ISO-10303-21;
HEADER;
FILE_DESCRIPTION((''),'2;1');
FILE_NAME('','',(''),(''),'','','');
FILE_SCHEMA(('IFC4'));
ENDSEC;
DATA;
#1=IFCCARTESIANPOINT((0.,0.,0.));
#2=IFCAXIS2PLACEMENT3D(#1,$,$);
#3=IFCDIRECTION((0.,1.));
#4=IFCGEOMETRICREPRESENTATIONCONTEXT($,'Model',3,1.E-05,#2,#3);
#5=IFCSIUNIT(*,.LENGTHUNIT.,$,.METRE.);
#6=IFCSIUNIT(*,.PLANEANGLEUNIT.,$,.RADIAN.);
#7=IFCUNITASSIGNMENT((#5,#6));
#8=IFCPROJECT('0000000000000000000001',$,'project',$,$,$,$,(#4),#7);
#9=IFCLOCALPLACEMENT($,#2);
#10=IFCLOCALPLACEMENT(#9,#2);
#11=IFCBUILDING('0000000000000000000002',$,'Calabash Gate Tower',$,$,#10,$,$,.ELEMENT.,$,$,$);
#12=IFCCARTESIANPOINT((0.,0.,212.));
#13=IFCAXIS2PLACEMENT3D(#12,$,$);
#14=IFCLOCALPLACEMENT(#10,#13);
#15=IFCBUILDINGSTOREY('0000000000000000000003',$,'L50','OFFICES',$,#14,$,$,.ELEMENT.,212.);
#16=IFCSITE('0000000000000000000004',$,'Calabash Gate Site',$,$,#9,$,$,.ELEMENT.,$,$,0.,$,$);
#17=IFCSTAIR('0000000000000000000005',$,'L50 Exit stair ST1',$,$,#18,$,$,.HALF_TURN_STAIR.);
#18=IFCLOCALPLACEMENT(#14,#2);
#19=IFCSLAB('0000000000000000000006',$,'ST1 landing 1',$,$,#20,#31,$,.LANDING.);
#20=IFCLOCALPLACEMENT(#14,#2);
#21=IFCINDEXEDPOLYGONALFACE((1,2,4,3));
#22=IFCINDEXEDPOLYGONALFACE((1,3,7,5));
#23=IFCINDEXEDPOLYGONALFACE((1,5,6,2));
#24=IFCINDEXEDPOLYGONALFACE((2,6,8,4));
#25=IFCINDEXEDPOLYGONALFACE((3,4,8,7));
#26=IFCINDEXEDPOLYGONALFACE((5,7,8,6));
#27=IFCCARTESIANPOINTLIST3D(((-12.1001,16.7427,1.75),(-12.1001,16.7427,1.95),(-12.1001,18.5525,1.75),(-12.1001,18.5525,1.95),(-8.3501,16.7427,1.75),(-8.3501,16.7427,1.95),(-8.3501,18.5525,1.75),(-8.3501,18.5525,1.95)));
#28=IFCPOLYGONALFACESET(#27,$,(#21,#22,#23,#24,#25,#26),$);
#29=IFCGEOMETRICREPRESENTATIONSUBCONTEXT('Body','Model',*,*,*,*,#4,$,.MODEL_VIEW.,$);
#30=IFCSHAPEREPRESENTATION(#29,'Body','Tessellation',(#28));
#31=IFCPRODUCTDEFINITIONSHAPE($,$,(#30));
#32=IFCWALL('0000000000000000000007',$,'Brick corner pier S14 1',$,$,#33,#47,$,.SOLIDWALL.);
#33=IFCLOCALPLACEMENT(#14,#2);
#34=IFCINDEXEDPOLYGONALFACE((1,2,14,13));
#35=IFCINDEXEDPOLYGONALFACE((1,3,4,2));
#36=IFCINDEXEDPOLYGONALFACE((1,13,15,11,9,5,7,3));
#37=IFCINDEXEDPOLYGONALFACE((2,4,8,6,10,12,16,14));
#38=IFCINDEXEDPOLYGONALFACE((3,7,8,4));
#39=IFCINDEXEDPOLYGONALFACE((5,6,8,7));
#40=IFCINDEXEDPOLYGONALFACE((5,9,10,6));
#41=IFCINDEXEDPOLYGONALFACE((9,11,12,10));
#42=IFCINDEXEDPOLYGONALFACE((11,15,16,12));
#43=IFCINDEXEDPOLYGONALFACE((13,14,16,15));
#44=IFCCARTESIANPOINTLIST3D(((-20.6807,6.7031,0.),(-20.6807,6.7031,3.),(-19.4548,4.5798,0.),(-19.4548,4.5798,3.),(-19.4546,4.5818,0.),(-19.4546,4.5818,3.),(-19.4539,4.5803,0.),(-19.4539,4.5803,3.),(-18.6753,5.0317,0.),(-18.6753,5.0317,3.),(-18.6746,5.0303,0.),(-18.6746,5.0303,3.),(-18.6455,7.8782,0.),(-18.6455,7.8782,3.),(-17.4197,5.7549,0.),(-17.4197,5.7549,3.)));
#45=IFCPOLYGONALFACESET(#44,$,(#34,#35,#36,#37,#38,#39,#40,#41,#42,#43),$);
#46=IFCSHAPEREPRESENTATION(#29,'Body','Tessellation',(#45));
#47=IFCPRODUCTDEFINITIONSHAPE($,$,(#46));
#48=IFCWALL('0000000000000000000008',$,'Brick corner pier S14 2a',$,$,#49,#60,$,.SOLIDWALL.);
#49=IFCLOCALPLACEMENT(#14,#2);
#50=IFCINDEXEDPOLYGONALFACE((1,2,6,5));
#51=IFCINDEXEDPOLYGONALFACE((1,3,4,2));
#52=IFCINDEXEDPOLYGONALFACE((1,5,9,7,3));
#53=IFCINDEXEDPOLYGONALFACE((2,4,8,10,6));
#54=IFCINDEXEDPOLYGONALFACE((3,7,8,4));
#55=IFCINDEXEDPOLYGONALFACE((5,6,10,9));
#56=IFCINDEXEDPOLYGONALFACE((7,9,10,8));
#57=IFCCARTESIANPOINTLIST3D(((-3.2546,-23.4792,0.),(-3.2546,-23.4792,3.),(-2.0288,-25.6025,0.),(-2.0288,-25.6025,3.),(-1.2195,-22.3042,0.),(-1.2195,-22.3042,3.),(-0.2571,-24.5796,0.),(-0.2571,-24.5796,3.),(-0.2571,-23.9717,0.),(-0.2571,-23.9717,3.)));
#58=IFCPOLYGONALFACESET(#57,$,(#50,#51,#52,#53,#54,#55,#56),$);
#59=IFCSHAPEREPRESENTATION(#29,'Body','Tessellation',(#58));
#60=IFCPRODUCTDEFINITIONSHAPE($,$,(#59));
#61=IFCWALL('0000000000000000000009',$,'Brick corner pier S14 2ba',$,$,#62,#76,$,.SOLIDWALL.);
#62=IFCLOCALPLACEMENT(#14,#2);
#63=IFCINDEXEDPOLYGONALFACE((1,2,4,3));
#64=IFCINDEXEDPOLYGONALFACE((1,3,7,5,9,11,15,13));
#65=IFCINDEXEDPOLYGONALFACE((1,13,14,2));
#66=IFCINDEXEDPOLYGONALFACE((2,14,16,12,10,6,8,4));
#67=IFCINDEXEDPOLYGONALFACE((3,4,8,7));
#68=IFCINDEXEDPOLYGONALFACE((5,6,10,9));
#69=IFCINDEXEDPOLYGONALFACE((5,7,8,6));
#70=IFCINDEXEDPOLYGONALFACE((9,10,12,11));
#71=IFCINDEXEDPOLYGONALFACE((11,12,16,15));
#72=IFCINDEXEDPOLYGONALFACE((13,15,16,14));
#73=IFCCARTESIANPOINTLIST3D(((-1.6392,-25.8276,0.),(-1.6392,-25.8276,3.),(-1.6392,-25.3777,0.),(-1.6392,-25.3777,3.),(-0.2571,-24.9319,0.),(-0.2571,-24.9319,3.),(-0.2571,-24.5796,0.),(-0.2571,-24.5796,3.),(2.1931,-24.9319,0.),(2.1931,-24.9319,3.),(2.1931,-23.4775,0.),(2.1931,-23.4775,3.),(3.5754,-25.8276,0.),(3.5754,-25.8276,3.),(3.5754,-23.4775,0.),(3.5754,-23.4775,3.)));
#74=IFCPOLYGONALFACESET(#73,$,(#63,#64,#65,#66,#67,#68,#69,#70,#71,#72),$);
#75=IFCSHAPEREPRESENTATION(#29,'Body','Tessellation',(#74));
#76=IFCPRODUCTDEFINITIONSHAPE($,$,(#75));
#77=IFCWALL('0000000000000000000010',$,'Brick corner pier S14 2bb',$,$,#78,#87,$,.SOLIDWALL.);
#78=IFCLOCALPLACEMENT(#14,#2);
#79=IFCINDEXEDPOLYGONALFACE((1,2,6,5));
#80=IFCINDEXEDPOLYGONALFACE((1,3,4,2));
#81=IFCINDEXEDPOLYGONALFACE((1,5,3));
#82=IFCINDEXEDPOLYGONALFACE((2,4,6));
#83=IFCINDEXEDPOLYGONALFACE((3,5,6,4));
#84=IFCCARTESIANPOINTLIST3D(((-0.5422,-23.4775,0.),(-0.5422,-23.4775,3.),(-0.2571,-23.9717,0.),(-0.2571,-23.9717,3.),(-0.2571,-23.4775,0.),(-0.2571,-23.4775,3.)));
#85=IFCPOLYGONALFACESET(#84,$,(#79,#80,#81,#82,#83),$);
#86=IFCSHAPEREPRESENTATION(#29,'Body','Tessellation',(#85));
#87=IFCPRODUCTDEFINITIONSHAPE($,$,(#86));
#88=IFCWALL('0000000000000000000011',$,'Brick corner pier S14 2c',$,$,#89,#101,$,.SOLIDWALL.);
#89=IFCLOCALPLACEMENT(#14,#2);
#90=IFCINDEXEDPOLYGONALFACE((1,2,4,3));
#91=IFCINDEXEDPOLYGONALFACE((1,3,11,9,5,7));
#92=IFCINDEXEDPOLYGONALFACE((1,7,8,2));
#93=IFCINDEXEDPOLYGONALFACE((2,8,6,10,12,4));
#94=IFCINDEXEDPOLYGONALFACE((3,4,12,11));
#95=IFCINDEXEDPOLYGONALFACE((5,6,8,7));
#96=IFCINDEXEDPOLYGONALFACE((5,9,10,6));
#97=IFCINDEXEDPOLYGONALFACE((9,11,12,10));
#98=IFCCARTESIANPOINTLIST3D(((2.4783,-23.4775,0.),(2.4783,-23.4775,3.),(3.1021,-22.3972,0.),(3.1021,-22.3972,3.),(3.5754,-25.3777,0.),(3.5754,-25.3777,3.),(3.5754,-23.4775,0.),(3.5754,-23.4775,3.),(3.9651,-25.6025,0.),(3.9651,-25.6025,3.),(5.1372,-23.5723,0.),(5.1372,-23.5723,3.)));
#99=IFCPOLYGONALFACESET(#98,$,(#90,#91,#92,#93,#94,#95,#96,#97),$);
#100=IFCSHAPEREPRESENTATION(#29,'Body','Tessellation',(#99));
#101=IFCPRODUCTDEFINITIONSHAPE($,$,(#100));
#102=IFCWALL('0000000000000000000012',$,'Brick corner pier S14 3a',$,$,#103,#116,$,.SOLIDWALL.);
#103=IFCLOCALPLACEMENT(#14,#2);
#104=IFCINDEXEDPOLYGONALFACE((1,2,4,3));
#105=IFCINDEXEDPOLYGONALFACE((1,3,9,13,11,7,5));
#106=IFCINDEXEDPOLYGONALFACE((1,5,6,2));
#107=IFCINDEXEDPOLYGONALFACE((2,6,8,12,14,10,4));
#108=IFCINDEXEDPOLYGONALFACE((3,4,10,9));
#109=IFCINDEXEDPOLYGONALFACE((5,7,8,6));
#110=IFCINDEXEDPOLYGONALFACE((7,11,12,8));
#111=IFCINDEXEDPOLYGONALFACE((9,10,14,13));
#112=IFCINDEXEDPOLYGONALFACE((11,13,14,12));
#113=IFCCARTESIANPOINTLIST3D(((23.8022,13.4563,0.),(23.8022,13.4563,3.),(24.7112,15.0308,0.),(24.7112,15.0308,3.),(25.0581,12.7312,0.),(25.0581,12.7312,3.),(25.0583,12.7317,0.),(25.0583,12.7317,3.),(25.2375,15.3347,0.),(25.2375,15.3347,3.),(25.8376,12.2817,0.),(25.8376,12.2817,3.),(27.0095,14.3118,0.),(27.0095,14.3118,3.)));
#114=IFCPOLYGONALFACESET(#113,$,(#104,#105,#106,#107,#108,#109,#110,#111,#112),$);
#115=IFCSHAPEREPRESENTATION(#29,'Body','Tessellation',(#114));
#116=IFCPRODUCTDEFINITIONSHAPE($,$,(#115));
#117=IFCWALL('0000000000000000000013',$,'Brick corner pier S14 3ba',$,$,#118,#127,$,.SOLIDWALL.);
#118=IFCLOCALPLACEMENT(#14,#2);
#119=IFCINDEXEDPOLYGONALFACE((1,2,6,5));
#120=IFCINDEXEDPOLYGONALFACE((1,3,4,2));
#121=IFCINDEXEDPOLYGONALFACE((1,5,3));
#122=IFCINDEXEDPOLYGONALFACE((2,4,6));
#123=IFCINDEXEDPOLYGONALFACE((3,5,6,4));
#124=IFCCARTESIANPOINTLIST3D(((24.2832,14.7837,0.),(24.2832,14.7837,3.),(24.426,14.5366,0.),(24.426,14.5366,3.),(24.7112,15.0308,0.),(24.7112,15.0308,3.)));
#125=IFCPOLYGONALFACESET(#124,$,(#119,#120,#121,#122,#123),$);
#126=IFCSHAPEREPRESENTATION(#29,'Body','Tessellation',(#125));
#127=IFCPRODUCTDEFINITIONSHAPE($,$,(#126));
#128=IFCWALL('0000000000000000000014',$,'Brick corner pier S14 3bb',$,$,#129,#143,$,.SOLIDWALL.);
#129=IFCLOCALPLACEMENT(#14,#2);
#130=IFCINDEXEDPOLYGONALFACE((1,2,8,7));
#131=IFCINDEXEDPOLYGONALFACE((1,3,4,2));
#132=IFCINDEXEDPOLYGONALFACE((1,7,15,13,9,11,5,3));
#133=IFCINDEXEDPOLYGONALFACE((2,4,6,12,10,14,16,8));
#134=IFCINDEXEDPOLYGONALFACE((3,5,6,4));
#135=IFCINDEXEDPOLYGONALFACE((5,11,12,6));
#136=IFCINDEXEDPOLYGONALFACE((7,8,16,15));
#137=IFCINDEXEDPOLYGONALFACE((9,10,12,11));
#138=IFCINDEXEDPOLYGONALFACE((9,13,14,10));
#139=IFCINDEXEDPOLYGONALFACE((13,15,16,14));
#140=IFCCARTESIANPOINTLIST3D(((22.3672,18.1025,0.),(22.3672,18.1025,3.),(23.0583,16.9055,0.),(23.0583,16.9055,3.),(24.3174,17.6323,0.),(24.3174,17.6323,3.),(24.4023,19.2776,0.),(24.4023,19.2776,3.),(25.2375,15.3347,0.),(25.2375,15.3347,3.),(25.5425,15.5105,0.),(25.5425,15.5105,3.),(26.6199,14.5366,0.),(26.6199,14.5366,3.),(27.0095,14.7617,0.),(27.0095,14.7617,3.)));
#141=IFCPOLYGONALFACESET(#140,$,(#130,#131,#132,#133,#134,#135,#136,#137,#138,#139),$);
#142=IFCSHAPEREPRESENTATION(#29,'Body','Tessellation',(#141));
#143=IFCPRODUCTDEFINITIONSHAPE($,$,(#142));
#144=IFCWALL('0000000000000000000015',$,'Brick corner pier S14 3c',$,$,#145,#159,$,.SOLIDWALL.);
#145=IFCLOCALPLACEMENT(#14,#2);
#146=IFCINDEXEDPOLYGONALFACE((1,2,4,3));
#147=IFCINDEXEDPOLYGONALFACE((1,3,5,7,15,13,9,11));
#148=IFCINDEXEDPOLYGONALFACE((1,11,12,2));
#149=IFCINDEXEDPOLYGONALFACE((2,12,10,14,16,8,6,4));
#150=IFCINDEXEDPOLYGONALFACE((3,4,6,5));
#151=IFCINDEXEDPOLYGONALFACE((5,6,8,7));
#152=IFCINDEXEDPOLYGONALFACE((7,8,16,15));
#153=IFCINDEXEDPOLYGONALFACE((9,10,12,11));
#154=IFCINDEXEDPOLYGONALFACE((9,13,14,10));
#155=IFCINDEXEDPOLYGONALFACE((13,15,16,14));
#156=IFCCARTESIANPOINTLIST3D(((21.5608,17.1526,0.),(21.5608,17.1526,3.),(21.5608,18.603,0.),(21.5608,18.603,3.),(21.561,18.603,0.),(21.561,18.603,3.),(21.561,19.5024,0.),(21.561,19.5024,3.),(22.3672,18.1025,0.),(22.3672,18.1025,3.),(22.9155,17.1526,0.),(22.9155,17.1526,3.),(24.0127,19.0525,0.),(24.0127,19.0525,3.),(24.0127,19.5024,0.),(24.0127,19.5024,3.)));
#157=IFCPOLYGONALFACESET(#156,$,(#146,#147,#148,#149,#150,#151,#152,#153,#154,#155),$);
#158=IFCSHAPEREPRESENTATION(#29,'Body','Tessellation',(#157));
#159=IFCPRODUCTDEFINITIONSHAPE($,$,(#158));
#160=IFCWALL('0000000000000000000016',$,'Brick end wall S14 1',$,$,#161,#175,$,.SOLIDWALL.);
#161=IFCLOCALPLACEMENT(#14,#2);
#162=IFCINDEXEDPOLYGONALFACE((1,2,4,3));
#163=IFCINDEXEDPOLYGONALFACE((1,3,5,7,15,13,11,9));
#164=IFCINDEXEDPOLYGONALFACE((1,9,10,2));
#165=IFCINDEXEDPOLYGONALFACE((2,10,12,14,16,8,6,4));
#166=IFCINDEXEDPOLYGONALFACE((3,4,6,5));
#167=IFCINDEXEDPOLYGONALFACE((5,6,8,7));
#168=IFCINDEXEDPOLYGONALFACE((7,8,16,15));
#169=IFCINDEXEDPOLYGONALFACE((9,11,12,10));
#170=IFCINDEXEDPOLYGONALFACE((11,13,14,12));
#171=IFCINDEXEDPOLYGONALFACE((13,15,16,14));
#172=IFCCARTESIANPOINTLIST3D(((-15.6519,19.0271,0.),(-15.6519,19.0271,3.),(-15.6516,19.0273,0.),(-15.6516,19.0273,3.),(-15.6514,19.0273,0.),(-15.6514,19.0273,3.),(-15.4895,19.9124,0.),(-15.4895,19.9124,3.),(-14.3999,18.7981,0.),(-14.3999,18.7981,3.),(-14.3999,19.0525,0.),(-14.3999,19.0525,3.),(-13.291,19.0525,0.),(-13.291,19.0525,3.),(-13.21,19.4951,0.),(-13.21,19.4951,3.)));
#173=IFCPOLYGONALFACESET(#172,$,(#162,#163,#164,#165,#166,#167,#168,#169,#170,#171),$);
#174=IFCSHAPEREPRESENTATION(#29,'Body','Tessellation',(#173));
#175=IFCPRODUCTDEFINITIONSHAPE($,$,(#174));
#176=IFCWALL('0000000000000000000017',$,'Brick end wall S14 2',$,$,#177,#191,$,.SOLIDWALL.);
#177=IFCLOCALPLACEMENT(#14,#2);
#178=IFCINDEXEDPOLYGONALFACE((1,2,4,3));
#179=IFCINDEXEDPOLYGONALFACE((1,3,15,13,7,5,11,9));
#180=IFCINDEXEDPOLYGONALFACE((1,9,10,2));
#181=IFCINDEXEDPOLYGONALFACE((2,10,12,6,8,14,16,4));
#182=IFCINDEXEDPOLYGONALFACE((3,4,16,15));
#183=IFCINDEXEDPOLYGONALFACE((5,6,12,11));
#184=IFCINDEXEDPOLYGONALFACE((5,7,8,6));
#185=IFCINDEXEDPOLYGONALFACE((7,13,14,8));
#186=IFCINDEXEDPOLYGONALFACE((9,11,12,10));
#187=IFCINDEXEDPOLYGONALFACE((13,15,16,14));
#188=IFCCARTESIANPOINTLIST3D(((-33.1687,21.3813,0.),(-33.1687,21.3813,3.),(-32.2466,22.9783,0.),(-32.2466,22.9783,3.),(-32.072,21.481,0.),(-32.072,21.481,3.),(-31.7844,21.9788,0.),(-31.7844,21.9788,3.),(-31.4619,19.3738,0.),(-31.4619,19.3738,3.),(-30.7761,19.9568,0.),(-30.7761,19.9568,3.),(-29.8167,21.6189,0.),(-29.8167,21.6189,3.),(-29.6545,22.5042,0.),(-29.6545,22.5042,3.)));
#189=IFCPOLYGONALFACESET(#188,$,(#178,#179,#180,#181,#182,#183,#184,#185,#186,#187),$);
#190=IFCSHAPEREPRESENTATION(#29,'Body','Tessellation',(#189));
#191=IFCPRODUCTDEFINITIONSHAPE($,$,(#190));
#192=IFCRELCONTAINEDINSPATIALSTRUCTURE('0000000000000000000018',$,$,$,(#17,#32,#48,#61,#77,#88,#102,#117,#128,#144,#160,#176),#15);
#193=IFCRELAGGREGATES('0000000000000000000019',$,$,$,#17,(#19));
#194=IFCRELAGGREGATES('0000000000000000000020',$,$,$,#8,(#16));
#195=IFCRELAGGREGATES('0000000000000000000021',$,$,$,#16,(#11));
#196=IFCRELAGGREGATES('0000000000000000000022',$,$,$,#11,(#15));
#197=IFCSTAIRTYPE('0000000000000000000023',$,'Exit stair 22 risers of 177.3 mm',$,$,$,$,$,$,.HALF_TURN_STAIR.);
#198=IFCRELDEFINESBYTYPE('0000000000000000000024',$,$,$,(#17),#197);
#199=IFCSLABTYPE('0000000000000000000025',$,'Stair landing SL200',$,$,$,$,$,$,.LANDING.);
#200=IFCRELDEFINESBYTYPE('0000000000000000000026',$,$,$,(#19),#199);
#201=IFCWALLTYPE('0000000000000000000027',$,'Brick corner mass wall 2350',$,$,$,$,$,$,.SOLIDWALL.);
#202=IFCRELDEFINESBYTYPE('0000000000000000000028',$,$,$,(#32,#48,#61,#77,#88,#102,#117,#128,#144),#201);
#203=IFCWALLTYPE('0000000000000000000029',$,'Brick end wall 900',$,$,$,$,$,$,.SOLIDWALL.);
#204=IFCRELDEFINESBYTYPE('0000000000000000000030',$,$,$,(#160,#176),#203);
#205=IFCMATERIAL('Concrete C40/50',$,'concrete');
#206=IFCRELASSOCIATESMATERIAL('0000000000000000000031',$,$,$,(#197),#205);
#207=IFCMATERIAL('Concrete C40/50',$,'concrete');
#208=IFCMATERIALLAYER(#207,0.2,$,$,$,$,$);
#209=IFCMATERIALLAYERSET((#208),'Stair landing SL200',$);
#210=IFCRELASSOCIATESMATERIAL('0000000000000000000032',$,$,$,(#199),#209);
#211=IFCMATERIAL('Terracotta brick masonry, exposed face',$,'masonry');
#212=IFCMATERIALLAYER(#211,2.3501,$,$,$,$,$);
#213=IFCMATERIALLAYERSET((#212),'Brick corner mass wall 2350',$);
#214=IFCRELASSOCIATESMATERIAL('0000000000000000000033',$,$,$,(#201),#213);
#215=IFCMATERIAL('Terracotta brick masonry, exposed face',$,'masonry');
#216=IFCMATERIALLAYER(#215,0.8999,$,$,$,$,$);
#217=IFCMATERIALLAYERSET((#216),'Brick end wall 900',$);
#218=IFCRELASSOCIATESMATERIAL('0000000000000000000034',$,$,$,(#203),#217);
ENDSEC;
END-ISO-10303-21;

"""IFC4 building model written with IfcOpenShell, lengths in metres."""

from ifc_helpers import new_model, si_unit, direction, frame, origin, place, context, subcontext, project, spatial, polyline, outline, extrude, material, layer, layer_set, type_object, element, aggregate, save


model = new_model("IFC4")

# Units and contexts
model_context = context("Model", 3, precision=1e-05, world=origin(), true_north=direction((0.0, 1.0)))
body_context = subcontext(model_context, "Body", "Model", "MODEL_VIEW")
ifc_project = project(units=[si_unit("LENGTHUNIT", "METRE"), si_unit("PLANEANGLEUNIT", "RADIAN")], contexts=[model_context])

# Site, building, storey
site_placement = place(None, origin())
site = spatial("IfcSite", under=ifc_project, at=site_placement, Name="Calabash Gate Site", CompositionType="ELEMENT", RefElevation=0.0)
building_placement = place(site_placement, origin())
building = spatial("IfcBuilding", under=site, at=building_placement, Name="Calabash Gate Tower", CompositionType="ELEMENT")
storey_placement = place(building_placement, frame((0.0, 0.0, 212.0)))
storey = spatial("IfcBuildingStorey", under=building, at=storey_placement, Name="L50", Description="OFFICES", CompositionType="ELEMENT", Elevation=212.0)

# Stair, slab
ifc_material_1 = material(Name="Concrete C40/50", Category="concrete")
stair_type = type_object("IfcStairType", Name="Exit stair 22 risers of 177.3 mm", PredefinedType="HALF_TURN_STAIR", material=ifc_material_1)
stair_placement = place(storey_placement, origin())
stair = element("IfcStair", 1, at=stair_placement, inside=storey, type_object=stair_type, Name="L50 Exit stair ST1", PredefinedType="HALF_TURN_STAIR")
ifc_material_2 = material(Name="Concrete C40/50", Category="concrete")
ifc_layer_1 = layer(ifc_material_2, 0.2)
ifc_layer_set_1 = layer_set([ifc_layer_1], Name="Stair landing SL200")
slab_type = type_object("IfcSlabType", Name="Stair landing SL200", PredefinedType="LANDING", material=ifc_layer_set_1)
slab_placement = place(storey_placement, frame((0.0, 0.0, 1.75)))
slab = element("IfcSlab", 2, at=slab_placement, type_object=slab_type, Name="ST1 landing 1", PredefinedType="LANDING", context=body_context, shape_type="SweptSolid", body=[
    extrude(outline(polyline([(-8.3501, 16.7427), (-8.3501, 18.5525), (-12.1001, 18.5525), (-12.1001, 16.7427), (-8.3501, 16.7427)])), origin(), (0.0, 0.0, 1.0), 0.2),
])
aggregate(stair, [slab])

# Walls
ifc_material_3 = material(Name="Terracotta brick masonry, exposed face", Category="masonry")
ifc_layer_2 = layer(ifc_material_3, 2.3501)
ifc_layer_set_2 = layer_set([ifc_layer_2], Name="Brick corner mass wall 2350")
wall_type_1 = type_object("IfcWallType", Name="Brick corner mass wall 2350", PredefinedType="SOLIDWALL", material=ifc_layer_set_2)
wall_1_placement = place(storey_placement, origin())
element("IfcWall", 3, at=wall_1_placement, inside=storey, type_object=wall_type_1, Name="Brick corner pier S14 1", PredefinedType="SOLIDWALL", context=body_context, shape_type="SweptSolid", body=[
    extrude(outline(polyline([(-19.4546, 4.5818), (-18.6753, 5.0317), (-18.6746, 5.0303), (-17.4197, 5.7549), (-18.6455, 7.8782), (-20.6807, 6.7031), (-19.4548, 4.5798), (-19.4539, 4.5803), (-19.4546, 4.5818)])), origin(), (0.0, 0.0, 1.0), 3.0),
])
wall_2_placement = place(storey_placement, origin())
element("IfcWall", 4, at=wall_2_placement, inside=storey, type_object=wall_type_1, Name="Brick corner pier S14 2a", PredefinedType="SOLIDWALL", context=body_context, shape_type="SweptSolid", body=[
    extrude(outline(polyline([(-0.2571, -23.9717), (-1.2195, -22.3042), (-3.2546, -23.4792), (-2.0288, -25.6025), (-0.2571, -24.5796), (-0.2571, -23.9717)])), origin(), (0.0, 0.0, 1.0), 3.0),
])
wall_3_placement = place(storey_placement, origin())
element("IfcWall", 5, at=wall_3_placement, inside=storey, type_object=wall_type_1, Name="Brick corner pier S14 2ba", PredefinedType="SOLIDWALL", context=body_context, shape_type="SweptSolid", body=[
    extrude(outline(polyline([(2.1931, -23.4775), (2.1931, -24.9319), (-0.2571, -24.9319), (-0.2571, -24.5796), (-1.6392, -25.3777), (-1.6392, -25.8276), (3.5754, -25.8276), (3.5754, -23.4775), (2.1931, -23.4775)])), origin(), (0.0, 0.0, 1.0), 3.0),
])
wall_4_placement = place(storey_placement, origin())
element("IfcWall", 6, at=wall_4_placement, inside=storey, type_object=wall_type_1, Name="Brick corner pier S14 2bb", PredefinedType="SOLIDWALL", context=body_context, shape_type="SweptSolid", body=[
    extrude(outline(polyline([(-0.5422, -23.4775), (-0.2571, -23.9717), (-0.2571, -23.4775), (-0.5422, -23.4775)])), origin(), (0.0, 0.0, 1.0), 3.0),
])
wall_5_placement = place(storey_placement, origin())
element("IfcWall", 7, at=wall_5_placement, inside=storey, type_object=wall_type_1, Name="Brick corner pier S14 2c", PredefinedType="SOLIDWALL", context=body_context, shape_type="SweptSolid", body=[
    extrude(outline(polyline([(5.1372, -23.5723), (3.1021, -22.3972), (2.4783, -23.4775), (3.5754, -23.4775), (3.5754, -25.3777), (3.9651, -25.6025), (5.1372, -23.5723)])), origin(), (0.0, 0.0, 1.0), 3.0),
])
wall_6_placement = place(storey_placement, origin())
element("IfcWall", 8, at=wall_6_placement, inside=storey, type_object=wall_type_1, Name="Brick corner pier S14 3a", PredefinedType="SOLIDWALL", context=body_context, shape_type="SweptSolid", body=[
    extrude(outline(polyline([(23.8022, 13.4563), (25.0581, 12.7312), (25.0583, 12.7317), (25.8376, 12.2817), (27.0095, 14.3118), (25.2375, 15.3347), (24.7112, 15.0308), (23.8022, 13.4563)])), origin(), (0.0, 0.0, 1.0), 3.0),
])
wall_7_placement = place(storey_placement, origin())
element("IfcWall", 9, at=wall_7_placement, inside=storey, type_object=wall_type_1, Name="Brick corner pier S14 3ba", PredefinedType="SOLIDWALL", context=body_context, shape_type="SweptSolid", body=[
    extrude(outline(polyline([(24.426, 14.5366), (24.7112, 15.0308), (24.2832, 14.7837), (24.426, 14.5366)])), origin(), (0.0, 0.0, 1.0), 3.0),
])
wall_8_placement = place(storey_placement, origin())
element("IfcWall", 10, at=wall_8_placement, inside=storey, type_object=wall_type_1, Name="Brick corner pier S14 3bb", PredefinedType="SOLIDWALL", context=body_context, shape_type="SweptSolid", body=[
    extrude(outline(polyline([(24.3174, 17.6323), (25.5425, 15.5105), (25.2375, 15.3347), (26.6199, 14.5366), (27.0095, 14.7617), (24.4023, 19.2776), (22.3672, 18.1025), (23.0583, 16.9055), (24.3174, 17.6323)])), origin(), (0.0, 0.0, 1.0), 3.0),
])
wall_9_placement = place(storey_placement, origin())
element("IfcWall", 11, at=wall_9_placement, inside=storey, type_object=wall_type_1, Name="Brick corner pier S14 3c", PredefinedType="SOLIDWALL", context=body_context, shape_type="SweptSolid", body=[
    extrude(outline(polyline([(21.5608, 18.603), (21.5608, 17.1526), (22.9155, 17.1526), (22.3672, 18.1025), (24.0127, 19.0525), (24.0127, 19.5024), (21.561, 19.5024), (21.561, 18.603), (21.5608, 18.603)])), origin(), (0.0, 0.0, 1.0), 3.0),
])
ifc_material_4 = material(Name="Terracotta brick masonry, exposed face", Category="masonry")
ifc_layer_3 = layer(ifc_material_4, 0.8999)
ifc_layer_set_3 = layer_set([ifc_layer_3], Name="Brick end wall 900")
wall_type_2 = type_object("IfcWallType", Name="Brick end wall 900", PredefinedType="SOLIDWALL", material=ifc_layer_set_3)
wall_10_placement = place(storey_placement, origin())
element("IfcWall", 12, at=wall_10_placement, inside=storey, type_object=wall_type_2, Name="Brick end wall S14 1", PredefinedType="SOLIDWALL", context=body_context, shape_type="SweptSolid", body=[
    extrude(outline(polyline([(-15.6516, 19.0273), (-15.6519, 19.0271), (-14.3999, 18.7981), (-14.3999, 19.0525), (-13.291, 19.0525), (-13.21, 19.4951), (-15.4895, 19.9124), (-15.6514, 19.0273), (-15.6516, 19.0273)])), origin(), (0.0, 0.0, 1.0), 3.0),
])
wall_11_placement = place(storey_placement, origin())
element("IfcWall", 13, at=wall_11_placement, inside=storey, type_object=wall_type_2, Name="Brick end wall S14 2", PredefinedType="SOLIDWALL", context=body_context, shape_type="SweptSolid", body=[
    extrude(outline(polyline([(-31.7844, 21.9788), (-29.8167, 21.6189), (-29.6545, 22.5042), (-32.2466, 22.9783), (-33.1687, 21.3813), (-31.4619, 19.3738), (-30.7761, 19.9568), (-32.072, 21.481), (-31.7844, 21.9788)])), origin(), (0.0, 0.0, 1.0), 3.0),
])

save(model, "model.ifc")
